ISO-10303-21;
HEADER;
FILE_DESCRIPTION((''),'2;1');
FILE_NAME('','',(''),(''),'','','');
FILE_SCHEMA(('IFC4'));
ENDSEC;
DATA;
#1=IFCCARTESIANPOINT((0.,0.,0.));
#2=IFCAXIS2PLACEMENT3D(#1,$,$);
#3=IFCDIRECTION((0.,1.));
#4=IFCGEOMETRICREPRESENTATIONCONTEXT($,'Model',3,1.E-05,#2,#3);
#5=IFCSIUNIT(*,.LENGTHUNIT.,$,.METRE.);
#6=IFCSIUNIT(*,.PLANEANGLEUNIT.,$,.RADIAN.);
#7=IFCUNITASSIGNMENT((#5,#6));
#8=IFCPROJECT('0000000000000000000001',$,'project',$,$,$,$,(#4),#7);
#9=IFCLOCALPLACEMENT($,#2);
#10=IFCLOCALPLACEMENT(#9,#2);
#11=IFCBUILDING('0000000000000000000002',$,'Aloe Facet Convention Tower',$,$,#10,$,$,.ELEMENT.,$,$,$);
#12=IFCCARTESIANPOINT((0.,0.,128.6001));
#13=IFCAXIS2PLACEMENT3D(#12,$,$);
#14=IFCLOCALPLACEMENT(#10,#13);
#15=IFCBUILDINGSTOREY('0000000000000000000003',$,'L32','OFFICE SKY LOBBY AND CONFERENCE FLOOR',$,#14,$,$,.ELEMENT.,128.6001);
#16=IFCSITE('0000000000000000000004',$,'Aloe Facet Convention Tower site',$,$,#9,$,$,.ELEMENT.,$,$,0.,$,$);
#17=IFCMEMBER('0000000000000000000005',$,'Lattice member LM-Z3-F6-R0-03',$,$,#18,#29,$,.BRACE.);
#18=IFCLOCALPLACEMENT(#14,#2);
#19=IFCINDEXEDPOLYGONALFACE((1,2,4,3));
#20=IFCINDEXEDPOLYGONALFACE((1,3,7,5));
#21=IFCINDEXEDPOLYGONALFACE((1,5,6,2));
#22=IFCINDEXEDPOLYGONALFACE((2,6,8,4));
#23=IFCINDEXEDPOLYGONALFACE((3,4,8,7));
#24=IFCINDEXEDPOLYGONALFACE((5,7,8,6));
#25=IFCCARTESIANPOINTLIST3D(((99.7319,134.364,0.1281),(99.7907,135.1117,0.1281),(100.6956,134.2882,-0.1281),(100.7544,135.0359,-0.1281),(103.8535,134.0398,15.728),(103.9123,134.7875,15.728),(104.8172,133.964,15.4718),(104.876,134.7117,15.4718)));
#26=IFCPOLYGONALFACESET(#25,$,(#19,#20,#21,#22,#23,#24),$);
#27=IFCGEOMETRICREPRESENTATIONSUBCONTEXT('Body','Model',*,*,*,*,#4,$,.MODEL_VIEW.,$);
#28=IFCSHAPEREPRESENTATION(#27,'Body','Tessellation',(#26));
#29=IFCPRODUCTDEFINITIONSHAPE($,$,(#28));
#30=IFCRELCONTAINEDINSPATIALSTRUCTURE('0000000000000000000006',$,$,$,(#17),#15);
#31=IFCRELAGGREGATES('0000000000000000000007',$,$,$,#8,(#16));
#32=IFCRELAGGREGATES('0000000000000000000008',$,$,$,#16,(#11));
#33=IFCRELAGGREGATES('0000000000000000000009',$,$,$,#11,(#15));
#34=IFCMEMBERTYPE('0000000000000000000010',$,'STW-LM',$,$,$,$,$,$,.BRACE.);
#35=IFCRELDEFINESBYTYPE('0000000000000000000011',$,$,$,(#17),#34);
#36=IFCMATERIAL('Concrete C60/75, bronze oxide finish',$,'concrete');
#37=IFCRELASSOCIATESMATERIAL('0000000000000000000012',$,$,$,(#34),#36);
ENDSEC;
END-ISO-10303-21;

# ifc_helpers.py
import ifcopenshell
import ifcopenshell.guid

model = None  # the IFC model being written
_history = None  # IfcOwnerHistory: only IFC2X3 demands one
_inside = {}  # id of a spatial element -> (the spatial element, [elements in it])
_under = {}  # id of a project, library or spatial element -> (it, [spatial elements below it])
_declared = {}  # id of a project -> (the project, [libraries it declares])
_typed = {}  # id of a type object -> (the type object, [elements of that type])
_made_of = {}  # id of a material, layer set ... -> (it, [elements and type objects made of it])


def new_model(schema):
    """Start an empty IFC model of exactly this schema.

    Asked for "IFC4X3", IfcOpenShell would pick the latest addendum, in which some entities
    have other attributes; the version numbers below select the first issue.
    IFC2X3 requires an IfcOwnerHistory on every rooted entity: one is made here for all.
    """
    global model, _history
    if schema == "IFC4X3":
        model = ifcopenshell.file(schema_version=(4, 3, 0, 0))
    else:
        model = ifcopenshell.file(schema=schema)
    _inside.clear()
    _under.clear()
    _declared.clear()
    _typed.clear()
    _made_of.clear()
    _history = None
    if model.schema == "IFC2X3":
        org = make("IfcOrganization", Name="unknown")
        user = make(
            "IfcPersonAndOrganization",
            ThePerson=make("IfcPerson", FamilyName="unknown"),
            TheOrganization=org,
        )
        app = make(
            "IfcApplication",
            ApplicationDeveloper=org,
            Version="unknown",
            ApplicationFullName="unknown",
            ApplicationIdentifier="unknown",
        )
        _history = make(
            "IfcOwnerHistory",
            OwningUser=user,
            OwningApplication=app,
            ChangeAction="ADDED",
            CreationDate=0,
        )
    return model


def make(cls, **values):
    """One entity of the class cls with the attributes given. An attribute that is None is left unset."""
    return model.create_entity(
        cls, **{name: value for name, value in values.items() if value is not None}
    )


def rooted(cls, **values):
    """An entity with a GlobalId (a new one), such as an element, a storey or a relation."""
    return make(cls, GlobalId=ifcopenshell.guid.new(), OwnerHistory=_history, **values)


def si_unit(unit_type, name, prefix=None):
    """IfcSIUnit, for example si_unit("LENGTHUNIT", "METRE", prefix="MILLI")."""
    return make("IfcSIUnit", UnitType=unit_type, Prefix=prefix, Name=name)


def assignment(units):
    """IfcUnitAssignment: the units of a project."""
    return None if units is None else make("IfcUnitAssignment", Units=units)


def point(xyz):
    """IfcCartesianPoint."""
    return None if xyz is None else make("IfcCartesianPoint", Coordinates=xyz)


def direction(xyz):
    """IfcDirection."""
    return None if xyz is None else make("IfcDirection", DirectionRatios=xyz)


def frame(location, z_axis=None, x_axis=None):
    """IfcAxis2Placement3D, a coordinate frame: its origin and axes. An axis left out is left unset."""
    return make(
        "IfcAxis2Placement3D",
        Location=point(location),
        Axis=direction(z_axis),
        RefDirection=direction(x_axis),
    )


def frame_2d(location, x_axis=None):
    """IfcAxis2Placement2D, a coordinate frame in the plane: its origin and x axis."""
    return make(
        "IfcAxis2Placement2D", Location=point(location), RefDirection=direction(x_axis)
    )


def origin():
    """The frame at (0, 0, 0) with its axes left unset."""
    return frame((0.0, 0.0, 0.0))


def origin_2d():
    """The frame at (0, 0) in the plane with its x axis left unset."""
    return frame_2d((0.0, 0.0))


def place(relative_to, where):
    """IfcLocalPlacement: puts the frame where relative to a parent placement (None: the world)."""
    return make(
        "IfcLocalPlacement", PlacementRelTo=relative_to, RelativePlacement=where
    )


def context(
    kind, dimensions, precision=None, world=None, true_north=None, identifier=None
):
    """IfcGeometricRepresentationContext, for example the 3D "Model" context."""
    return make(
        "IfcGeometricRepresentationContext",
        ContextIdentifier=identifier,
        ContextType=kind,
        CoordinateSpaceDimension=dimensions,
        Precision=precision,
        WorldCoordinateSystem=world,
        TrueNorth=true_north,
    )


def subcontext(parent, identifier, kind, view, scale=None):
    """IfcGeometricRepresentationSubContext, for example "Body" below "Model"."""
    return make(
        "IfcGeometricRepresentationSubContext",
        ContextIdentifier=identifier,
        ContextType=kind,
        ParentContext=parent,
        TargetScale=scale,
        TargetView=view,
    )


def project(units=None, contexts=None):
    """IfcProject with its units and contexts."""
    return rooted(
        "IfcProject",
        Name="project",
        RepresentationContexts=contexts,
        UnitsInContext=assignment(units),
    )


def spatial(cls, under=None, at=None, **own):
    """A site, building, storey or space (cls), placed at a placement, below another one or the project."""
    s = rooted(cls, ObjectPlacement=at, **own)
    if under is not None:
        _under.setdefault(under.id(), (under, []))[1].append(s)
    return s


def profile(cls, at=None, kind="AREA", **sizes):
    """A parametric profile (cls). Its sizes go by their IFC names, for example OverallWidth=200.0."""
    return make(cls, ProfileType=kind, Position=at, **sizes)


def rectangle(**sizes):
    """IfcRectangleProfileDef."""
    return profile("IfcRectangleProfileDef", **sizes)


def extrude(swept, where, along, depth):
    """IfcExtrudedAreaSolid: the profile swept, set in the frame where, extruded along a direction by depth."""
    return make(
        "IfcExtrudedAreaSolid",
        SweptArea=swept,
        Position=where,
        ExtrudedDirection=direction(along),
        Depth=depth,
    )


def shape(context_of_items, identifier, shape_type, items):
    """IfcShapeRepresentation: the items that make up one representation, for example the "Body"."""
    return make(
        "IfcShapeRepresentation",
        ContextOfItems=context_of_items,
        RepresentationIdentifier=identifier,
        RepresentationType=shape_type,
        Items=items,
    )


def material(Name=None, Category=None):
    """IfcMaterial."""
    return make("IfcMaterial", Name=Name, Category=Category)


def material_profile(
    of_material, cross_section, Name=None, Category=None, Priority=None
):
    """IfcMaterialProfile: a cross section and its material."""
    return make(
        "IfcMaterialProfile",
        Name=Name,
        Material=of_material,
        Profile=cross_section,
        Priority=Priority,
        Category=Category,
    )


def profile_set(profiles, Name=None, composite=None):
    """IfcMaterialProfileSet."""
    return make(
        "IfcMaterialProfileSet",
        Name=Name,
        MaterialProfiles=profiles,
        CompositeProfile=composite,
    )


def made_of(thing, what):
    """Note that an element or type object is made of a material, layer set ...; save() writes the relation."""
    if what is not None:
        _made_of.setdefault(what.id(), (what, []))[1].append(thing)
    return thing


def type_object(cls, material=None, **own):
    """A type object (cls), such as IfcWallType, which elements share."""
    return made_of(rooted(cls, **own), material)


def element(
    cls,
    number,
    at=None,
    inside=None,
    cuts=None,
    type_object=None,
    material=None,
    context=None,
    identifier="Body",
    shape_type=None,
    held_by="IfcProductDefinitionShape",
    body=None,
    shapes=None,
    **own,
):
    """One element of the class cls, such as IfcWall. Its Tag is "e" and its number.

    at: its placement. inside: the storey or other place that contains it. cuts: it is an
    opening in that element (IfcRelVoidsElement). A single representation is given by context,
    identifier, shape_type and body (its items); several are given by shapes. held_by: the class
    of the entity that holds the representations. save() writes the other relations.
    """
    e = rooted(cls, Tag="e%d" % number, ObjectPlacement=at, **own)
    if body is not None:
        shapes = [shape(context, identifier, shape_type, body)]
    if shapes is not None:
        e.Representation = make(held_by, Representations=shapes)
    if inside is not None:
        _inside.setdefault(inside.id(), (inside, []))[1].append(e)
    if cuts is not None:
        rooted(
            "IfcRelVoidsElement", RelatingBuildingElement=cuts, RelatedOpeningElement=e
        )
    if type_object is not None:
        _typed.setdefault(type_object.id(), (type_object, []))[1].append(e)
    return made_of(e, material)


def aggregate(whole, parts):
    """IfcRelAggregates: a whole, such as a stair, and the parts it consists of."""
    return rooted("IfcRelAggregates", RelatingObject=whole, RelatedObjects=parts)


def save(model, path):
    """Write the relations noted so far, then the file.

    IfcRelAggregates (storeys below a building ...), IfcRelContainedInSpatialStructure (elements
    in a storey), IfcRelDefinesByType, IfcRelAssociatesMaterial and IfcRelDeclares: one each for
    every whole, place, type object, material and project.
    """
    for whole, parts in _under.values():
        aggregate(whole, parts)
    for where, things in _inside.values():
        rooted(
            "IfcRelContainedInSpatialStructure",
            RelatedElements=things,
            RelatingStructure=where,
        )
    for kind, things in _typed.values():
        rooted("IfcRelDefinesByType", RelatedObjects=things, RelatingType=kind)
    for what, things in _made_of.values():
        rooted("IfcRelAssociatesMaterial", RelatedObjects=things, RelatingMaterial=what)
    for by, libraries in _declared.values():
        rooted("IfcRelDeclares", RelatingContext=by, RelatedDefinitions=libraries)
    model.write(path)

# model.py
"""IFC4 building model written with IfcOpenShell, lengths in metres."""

from ifc_helpers import new_model, si_unit, direction, frame, origin, origin_2d, place, context, subcontext, project, spatial, rectangle, extrude, material, material_profile, profile_set, type_object, element, save


model = new_model("IFC4")

# Units and contexts
model_context = context("Model", 3, precision=1e-05, world=origin(), true_north=direction((0.0, 1.0)))
body_context = subcontext(model_context, "Body", "Model", "MODEL_VIEW")
ifc_project = project(units=[si_unit("LENGTHUNIT", "METRE"), si_unit("PLANEANGLEUNIT", "RADIAN")], contexts=[model_context])

# Site, building, storey
site_placement = place(None, origin())
site = spatial("IfcSite", under=ifc_project, at=site_placement, Name="Aloe Facet Convention Tower site", CompositionType="ELEMENT", RefElevation=0.0)
building_placement = place(site_placement, origin())
building = spatial("IfcBuilding", under=site, at=building_placement, Name="Aloe Facet Convention Tower", CompositionType="ELEMENT")
storey_placement = place(building_placement, frame((0.0, 0.0, 128.6001)))
storey = spatial("IfcBuildingStorey", under=building, at=storey_placement, Name="L32", Description="OFFICE SKY LOBBY AND CONFERENCE FLOOR", CompositionType="ELEMENT", Elevation=128.6001)

# Member
ifc_material_1 = material(Name="Concrete C60/75, bronze oxide finish", Category="concrete")
ifc_material_profile_1 = material_profile(ifc_material_1, rectangle(XDim=0.75, YDim=1.0, at=origin_2d()), Name="STW-LM")
ifc_profile_set_1 = profile_set([ifc_material_profile_1], Name="Concrete C60/75, bronze oxide finish")
member_type = type_object("IfcMemberType", Name="STW-LM", PredefinedType="BRACE", material=ifc_profile_set_1)
member_1_placement = place(storey_placement, frame((100.2432, 134.7, 0.0), z_axis=(0.25539, -0.02009, 0.966629), x_axis=(0.078421, 0.99692, 0.0)))
element("IfcMember", 1, at=member_1_placement, inside=storey, type_object=member_type, Name="Lattice member LM-Z3-F6-R0-03", PredefinedType="BRACE", context=body_context, shape_type="SweptSolid", body=[
    extrude(rectangle(XDim=0.75, YDim=1.0, at=origin_2d()), origin(), (0.0, 0.0, 1.0), 16.1384),
])

save(model, "model.ifc")
